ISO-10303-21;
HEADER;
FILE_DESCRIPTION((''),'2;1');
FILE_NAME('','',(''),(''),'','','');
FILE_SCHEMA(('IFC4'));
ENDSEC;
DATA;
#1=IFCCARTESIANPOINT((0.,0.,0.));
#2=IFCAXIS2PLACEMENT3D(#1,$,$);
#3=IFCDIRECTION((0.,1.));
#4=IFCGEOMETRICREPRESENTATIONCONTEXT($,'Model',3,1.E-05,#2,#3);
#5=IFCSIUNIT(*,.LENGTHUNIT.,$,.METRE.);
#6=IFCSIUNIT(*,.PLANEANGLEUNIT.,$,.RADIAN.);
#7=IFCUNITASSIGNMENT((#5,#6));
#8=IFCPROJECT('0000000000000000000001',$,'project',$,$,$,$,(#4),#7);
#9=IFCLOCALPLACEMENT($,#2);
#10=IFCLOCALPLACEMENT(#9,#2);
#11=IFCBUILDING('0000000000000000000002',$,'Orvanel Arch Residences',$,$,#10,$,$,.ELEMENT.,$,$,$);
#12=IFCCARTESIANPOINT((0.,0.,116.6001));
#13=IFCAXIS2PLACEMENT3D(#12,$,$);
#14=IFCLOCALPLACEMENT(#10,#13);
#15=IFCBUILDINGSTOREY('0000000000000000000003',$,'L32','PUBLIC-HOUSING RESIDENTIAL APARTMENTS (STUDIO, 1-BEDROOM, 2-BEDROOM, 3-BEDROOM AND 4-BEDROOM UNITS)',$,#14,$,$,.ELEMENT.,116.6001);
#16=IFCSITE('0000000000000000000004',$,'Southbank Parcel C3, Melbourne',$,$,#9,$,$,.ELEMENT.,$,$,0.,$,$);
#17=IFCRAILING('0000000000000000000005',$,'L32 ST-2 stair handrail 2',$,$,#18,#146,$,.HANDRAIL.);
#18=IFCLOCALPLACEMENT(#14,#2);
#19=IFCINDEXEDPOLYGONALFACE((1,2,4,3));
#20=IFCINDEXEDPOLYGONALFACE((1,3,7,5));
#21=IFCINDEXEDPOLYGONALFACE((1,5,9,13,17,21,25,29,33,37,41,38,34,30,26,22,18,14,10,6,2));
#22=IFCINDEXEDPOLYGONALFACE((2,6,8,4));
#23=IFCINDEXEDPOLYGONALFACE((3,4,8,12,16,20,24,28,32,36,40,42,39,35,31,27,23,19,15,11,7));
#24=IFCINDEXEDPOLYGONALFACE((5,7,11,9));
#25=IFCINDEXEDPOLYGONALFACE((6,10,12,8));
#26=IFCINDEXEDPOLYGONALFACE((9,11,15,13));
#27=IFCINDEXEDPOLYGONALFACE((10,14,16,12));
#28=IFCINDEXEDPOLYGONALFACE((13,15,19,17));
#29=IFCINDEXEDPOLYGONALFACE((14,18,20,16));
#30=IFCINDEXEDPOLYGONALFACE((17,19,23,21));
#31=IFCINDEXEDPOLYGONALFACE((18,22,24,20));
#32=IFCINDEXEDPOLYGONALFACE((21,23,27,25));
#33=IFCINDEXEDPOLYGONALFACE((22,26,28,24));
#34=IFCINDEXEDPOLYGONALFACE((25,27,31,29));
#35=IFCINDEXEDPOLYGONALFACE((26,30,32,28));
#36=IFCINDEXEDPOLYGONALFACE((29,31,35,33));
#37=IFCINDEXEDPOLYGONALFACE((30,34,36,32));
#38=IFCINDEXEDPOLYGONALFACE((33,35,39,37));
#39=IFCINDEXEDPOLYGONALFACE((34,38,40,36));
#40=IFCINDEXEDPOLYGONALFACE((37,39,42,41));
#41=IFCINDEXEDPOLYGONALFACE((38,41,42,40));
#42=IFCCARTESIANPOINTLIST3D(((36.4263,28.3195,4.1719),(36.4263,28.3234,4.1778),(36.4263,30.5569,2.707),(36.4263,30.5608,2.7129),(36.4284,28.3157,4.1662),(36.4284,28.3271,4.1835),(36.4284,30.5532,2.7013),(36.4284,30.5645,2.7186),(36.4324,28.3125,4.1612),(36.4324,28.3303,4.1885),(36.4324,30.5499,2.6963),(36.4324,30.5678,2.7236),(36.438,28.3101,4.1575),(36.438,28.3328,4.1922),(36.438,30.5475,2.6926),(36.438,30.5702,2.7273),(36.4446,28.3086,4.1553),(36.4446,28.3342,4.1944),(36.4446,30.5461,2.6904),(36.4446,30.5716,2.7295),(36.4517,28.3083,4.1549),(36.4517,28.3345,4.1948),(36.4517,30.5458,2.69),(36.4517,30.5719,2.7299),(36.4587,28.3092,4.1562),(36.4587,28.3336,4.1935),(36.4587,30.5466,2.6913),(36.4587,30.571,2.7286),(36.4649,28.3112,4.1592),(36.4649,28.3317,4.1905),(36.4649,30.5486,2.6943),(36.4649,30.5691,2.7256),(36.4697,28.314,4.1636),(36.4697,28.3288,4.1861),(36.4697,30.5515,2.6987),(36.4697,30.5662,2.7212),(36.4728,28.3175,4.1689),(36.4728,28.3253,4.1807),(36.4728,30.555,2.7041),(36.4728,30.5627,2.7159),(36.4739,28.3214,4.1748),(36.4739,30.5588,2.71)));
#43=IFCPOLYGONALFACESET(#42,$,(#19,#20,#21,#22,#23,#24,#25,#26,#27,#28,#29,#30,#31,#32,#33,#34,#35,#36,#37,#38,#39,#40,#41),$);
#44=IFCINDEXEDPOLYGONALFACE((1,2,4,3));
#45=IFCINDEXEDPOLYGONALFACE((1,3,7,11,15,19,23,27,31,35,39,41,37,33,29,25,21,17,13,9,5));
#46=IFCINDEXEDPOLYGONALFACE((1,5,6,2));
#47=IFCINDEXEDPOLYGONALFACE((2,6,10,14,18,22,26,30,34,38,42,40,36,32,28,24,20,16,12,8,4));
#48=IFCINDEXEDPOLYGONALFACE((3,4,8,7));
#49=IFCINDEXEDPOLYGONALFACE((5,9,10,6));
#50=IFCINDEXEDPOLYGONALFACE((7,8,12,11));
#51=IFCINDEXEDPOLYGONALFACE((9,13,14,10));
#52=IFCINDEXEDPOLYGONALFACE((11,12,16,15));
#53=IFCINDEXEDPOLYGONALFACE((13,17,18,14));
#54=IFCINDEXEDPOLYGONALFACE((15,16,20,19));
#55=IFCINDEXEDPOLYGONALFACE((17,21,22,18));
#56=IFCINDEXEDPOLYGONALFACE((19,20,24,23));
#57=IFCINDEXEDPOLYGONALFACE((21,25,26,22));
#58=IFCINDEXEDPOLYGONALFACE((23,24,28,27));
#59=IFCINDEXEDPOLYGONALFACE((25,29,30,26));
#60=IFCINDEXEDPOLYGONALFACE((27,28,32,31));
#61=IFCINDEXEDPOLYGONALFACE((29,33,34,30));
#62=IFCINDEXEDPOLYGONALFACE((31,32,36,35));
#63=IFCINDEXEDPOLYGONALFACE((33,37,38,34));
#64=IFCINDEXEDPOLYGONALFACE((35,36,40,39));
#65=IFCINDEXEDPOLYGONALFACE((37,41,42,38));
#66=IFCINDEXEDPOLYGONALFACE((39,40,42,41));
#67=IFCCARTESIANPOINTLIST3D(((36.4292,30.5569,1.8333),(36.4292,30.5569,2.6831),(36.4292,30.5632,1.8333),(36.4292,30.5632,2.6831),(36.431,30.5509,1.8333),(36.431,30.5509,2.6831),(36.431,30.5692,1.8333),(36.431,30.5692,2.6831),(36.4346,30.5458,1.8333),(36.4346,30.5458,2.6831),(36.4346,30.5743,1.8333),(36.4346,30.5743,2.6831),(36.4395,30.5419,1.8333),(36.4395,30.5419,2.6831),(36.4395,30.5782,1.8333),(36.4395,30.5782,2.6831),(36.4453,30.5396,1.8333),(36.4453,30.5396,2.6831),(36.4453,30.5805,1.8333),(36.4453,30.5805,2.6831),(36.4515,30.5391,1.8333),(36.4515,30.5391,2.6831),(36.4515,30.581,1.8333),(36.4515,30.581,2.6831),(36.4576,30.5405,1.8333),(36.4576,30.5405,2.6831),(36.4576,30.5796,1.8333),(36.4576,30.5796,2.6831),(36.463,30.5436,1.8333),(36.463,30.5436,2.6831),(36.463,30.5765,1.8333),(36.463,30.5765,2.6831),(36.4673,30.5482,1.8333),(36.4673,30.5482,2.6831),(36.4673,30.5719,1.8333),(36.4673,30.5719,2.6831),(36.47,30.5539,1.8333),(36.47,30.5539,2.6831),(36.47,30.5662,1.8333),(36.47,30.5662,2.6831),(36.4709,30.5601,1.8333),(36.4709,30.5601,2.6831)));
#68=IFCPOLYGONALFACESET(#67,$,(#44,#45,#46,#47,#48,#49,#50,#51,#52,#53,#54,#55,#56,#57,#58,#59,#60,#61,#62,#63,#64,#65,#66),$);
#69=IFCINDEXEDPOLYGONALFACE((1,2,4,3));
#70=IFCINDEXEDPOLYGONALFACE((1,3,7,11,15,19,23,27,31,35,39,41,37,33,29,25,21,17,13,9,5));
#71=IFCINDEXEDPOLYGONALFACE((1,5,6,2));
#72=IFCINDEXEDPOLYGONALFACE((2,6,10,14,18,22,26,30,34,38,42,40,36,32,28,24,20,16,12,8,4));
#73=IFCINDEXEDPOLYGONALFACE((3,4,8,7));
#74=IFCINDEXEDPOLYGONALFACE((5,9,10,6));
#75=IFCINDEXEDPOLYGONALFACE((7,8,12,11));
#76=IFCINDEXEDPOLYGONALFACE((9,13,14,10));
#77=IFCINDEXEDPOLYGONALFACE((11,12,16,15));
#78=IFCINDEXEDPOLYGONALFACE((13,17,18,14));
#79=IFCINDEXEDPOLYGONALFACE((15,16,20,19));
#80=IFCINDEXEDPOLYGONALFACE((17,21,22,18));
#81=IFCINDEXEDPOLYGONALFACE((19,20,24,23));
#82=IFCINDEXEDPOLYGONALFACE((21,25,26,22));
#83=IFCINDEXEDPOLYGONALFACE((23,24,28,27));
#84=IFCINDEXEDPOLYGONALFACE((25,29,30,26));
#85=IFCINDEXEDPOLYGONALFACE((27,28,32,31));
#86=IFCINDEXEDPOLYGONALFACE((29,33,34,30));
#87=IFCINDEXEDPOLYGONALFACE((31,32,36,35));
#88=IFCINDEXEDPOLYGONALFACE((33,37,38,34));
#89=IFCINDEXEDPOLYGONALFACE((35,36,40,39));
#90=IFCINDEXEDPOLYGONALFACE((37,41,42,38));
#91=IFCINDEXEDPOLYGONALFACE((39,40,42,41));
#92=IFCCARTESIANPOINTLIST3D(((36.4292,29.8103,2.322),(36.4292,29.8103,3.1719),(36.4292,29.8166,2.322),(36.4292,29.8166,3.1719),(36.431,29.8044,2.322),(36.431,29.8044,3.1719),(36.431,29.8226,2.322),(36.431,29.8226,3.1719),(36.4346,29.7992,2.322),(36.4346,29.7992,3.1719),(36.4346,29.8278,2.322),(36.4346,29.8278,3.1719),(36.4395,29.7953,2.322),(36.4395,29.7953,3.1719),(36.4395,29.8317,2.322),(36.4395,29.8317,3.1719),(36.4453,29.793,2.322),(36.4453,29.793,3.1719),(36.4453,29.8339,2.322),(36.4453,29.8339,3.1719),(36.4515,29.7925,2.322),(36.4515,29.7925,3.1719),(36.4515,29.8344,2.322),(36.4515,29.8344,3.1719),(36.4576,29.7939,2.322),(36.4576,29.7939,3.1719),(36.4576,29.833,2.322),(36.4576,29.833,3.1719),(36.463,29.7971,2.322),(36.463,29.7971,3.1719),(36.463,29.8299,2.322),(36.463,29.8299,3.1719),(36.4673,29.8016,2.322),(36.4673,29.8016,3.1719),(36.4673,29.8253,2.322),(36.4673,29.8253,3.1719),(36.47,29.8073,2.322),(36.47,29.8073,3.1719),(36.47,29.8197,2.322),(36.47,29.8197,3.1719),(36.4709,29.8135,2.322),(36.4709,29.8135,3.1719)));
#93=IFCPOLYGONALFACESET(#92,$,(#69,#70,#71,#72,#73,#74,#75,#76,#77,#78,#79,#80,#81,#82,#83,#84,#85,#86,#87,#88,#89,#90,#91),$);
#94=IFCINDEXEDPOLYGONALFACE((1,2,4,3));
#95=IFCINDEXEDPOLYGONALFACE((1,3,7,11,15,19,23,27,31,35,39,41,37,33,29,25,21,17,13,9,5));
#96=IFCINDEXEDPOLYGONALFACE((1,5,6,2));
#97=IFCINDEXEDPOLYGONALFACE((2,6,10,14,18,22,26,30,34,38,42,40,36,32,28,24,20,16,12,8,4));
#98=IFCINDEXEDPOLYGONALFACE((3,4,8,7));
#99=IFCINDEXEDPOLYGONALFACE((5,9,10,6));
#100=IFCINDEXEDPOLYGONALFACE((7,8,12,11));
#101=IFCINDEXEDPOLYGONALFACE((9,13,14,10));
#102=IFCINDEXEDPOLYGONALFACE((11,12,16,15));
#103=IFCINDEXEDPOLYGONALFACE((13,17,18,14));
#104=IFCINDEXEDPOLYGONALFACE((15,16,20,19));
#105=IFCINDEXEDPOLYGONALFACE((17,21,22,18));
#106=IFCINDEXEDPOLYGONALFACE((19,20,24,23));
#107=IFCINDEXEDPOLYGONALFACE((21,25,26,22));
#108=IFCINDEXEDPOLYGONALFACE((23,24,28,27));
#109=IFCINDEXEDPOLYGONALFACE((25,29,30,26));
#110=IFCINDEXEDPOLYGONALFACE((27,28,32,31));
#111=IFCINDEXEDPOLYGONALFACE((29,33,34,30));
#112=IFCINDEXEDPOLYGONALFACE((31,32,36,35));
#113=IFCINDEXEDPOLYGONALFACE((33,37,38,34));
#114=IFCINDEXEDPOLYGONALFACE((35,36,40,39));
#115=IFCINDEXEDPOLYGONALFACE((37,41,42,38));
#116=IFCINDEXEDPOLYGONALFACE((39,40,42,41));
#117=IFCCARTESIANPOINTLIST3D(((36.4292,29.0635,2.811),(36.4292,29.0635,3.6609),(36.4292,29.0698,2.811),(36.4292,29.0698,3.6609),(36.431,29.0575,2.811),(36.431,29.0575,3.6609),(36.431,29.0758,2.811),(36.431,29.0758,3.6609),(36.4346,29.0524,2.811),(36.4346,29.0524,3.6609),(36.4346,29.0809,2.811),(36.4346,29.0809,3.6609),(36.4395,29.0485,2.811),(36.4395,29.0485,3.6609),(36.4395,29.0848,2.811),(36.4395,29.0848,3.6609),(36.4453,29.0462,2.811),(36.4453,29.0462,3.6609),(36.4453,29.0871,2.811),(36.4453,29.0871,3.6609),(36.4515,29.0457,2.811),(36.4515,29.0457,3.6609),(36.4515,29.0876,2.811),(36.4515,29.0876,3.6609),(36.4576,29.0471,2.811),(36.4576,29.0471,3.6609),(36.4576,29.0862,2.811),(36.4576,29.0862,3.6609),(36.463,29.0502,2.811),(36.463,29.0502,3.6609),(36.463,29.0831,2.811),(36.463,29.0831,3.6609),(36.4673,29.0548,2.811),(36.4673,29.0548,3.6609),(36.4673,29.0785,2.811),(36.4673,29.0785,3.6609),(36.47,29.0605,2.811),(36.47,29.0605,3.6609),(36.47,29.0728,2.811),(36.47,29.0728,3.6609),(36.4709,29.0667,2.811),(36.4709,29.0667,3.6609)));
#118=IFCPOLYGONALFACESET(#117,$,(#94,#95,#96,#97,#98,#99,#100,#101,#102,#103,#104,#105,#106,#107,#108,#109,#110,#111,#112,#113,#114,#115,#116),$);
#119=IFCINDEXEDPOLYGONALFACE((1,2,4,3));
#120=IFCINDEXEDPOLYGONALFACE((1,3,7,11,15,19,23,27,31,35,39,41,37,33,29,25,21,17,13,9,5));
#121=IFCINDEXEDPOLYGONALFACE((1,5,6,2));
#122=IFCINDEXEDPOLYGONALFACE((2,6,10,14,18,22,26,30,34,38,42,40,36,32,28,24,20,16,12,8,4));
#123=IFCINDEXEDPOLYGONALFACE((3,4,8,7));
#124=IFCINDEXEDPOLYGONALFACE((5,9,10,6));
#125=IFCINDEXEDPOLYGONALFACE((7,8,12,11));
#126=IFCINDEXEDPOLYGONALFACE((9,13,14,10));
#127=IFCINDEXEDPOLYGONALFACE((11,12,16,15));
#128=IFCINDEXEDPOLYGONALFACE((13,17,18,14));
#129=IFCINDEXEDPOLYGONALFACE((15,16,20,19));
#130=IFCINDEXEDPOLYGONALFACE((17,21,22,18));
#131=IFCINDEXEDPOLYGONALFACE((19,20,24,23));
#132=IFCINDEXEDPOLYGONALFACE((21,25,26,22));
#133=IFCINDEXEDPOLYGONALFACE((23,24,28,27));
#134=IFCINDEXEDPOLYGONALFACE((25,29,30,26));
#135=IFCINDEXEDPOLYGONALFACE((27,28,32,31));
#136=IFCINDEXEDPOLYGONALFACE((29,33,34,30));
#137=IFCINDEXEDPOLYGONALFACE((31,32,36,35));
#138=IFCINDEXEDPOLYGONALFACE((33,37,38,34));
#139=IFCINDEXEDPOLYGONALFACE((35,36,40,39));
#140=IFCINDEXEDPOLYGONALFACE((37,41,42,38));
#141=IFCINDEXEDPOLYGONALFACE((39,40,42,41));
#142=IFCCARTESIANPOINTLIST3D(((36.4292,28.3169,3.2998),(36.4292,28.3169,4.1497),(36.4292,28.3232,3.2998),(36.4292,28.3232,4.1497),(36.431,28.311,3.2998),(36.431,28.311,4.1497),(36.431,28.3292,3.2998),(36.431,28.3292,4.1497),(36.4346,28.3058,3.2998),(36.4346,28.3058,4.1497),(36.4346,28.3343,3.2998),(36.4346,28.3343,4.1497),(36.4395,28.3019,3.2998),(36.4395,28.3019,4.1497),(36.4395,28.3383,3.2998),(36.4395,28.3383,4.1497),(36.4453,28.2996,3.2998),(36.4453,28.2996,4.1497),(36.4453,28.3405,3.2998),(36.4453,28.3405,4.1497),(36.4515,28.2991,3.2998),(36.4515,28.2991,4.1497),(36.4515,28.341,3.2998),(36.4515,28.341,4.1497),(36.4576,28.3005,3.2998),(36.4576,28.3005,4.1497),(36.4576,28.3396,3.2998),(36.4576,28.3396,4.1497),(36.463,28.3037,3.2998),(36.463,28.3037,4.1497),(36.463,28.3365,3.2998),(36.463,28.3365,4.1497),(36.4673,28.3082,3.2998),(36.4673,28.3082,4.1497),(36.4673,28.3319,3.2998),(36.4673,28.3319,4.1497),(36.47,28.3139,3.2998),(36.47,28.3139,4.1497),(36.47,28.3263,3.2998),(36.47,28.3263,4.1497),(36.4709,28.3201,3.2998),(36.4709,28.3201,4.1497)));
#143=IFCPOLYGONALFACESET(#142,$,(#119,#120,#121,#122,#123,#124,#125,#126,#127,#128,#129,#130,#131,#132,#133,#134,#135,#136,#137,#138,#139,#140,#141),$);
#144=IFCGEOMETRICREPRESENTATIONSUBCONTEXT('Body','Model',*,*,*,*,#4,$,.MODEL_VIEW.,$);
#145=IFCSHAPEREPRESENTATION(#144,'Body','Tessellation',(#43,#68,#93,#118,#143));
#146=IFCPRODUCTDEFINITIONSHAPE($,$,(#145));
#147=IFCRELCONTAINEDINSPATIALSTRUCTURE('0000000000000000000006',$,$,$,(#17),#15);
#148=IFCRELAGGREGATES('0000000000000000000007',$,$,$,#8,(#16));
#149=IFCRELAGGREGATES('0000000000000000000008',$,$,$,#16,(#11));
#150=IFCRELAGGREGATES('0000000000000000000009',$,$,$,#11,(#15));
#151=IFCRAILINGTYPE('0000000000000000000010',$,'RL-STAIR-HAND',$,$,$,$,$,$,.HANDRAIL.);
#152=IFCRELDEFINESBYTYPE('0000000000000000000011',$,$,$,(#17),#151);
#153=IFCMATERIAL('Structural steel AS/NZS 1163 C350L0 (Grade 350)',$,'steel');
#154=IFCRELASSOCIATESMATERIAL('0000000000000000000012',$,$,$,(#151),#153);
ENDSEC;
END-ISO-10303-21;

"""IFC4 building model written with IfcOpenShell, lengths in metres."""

from ifc_helpers import new_model, si_unit, direction, frame, origin, origin_2d, place, context, subcontext, project, spatial, circle, extrude, material, type_object, element, save


model = new_model("IFC4")

# Units and contexts
model_context = context("Model", 3, precision=1e-05, world=origin(), true_north=direction((0.0, 1.0)))
body_context = subcontext(model_context, "Body", "Model", "MODEL_VIEW")
ifc_project = project(units=[si_unit("LENGTHUNIT", "METRE"), si_unit("PLANEANGLEUNIT", "RADIAN")], contexts=[model_context])

# Site, building, storey
site_placement = place(None, origin())
site = spatial("IfcSite", under=ifc_project, at=site_placement, Name="Southbank Parcel C3, Melbourne", CompositionType="ELEMENT", RefElevation=0.0)
building_placement = place(site_placement, origin())
building = spatial("IfcBuilding", under=site, at=building_placement, Name="Orvanel Arch Residences", CompositionType="ELEMENT")
storey_placement = place(building_placement, frame((0.0, 0.0, 116.6001)))
storey = spatial("IfcBuildingStorey", under=building, at=storey_placement, Name="L32", Description="PUBLIC-HOUSING RESIDENTIAL APARTMENTS (STUDIO, 1-BEDROOM, 2-BEDROOM, 3-BEDROOM AND 4-BEDROOM UNITS)", CompositionType="ELEMENT", Elevation=116.6001)

# Railing
ifc_material_1 = material(Name="Structural steel AS/NZS 1163 C350L0 (Grade 350)", Category="steel")
railing_type_1 = type_object("IfcRailingType", Name="RL-STAIR-HAND", PredefinedType="HANDRAIL", material=ifc_material_1)
railing_1_placement = place(storey_placement, frame((36.45, 30.5601, 1.8333)))
element("IfcRailing", 1, at=railing_1_placement, inside=storey, type_object=railing_type_1, Name="L32 ST-2 stair handrail 2", PredefinedType="HANDRAIL", context=body_context, shape_type="SweptSolid", body=[
    extrude(circle(Radius=0.0239, at=origin_2d()), frame((0.0, -0.0012, 0.8767), z_axis=(0.0, -0.836637, 0.547758), x_axis=(1.0, 0.0, 0.0)), (0.0, 0.0, 1.0), 2.6743),
    extrude(circle(Radius=0.021, at=origin_2d()), origin(), (0.0, 0.0, 1.0), 0.8499),
    extrude(circle(Radius=0.021, at=origin_2d()), frame((0.0, -0.7466, 0.4888)), (0.0, 0.0, 1.0), 0.8499),
    extrude(circle(Radius=0.021, at=origin_2d()), frame((0.0, -1.4934, 0.9778)), (0.0, 0.0, 1.0), 0.8499),
    extrude(circle(Radius=0.021, at=origin_2d()), frame((0.0, -2.24, 1.4666)), (0.0, 0.0, 1.0), 0.8499),
])

save(model, "model.ifc")
